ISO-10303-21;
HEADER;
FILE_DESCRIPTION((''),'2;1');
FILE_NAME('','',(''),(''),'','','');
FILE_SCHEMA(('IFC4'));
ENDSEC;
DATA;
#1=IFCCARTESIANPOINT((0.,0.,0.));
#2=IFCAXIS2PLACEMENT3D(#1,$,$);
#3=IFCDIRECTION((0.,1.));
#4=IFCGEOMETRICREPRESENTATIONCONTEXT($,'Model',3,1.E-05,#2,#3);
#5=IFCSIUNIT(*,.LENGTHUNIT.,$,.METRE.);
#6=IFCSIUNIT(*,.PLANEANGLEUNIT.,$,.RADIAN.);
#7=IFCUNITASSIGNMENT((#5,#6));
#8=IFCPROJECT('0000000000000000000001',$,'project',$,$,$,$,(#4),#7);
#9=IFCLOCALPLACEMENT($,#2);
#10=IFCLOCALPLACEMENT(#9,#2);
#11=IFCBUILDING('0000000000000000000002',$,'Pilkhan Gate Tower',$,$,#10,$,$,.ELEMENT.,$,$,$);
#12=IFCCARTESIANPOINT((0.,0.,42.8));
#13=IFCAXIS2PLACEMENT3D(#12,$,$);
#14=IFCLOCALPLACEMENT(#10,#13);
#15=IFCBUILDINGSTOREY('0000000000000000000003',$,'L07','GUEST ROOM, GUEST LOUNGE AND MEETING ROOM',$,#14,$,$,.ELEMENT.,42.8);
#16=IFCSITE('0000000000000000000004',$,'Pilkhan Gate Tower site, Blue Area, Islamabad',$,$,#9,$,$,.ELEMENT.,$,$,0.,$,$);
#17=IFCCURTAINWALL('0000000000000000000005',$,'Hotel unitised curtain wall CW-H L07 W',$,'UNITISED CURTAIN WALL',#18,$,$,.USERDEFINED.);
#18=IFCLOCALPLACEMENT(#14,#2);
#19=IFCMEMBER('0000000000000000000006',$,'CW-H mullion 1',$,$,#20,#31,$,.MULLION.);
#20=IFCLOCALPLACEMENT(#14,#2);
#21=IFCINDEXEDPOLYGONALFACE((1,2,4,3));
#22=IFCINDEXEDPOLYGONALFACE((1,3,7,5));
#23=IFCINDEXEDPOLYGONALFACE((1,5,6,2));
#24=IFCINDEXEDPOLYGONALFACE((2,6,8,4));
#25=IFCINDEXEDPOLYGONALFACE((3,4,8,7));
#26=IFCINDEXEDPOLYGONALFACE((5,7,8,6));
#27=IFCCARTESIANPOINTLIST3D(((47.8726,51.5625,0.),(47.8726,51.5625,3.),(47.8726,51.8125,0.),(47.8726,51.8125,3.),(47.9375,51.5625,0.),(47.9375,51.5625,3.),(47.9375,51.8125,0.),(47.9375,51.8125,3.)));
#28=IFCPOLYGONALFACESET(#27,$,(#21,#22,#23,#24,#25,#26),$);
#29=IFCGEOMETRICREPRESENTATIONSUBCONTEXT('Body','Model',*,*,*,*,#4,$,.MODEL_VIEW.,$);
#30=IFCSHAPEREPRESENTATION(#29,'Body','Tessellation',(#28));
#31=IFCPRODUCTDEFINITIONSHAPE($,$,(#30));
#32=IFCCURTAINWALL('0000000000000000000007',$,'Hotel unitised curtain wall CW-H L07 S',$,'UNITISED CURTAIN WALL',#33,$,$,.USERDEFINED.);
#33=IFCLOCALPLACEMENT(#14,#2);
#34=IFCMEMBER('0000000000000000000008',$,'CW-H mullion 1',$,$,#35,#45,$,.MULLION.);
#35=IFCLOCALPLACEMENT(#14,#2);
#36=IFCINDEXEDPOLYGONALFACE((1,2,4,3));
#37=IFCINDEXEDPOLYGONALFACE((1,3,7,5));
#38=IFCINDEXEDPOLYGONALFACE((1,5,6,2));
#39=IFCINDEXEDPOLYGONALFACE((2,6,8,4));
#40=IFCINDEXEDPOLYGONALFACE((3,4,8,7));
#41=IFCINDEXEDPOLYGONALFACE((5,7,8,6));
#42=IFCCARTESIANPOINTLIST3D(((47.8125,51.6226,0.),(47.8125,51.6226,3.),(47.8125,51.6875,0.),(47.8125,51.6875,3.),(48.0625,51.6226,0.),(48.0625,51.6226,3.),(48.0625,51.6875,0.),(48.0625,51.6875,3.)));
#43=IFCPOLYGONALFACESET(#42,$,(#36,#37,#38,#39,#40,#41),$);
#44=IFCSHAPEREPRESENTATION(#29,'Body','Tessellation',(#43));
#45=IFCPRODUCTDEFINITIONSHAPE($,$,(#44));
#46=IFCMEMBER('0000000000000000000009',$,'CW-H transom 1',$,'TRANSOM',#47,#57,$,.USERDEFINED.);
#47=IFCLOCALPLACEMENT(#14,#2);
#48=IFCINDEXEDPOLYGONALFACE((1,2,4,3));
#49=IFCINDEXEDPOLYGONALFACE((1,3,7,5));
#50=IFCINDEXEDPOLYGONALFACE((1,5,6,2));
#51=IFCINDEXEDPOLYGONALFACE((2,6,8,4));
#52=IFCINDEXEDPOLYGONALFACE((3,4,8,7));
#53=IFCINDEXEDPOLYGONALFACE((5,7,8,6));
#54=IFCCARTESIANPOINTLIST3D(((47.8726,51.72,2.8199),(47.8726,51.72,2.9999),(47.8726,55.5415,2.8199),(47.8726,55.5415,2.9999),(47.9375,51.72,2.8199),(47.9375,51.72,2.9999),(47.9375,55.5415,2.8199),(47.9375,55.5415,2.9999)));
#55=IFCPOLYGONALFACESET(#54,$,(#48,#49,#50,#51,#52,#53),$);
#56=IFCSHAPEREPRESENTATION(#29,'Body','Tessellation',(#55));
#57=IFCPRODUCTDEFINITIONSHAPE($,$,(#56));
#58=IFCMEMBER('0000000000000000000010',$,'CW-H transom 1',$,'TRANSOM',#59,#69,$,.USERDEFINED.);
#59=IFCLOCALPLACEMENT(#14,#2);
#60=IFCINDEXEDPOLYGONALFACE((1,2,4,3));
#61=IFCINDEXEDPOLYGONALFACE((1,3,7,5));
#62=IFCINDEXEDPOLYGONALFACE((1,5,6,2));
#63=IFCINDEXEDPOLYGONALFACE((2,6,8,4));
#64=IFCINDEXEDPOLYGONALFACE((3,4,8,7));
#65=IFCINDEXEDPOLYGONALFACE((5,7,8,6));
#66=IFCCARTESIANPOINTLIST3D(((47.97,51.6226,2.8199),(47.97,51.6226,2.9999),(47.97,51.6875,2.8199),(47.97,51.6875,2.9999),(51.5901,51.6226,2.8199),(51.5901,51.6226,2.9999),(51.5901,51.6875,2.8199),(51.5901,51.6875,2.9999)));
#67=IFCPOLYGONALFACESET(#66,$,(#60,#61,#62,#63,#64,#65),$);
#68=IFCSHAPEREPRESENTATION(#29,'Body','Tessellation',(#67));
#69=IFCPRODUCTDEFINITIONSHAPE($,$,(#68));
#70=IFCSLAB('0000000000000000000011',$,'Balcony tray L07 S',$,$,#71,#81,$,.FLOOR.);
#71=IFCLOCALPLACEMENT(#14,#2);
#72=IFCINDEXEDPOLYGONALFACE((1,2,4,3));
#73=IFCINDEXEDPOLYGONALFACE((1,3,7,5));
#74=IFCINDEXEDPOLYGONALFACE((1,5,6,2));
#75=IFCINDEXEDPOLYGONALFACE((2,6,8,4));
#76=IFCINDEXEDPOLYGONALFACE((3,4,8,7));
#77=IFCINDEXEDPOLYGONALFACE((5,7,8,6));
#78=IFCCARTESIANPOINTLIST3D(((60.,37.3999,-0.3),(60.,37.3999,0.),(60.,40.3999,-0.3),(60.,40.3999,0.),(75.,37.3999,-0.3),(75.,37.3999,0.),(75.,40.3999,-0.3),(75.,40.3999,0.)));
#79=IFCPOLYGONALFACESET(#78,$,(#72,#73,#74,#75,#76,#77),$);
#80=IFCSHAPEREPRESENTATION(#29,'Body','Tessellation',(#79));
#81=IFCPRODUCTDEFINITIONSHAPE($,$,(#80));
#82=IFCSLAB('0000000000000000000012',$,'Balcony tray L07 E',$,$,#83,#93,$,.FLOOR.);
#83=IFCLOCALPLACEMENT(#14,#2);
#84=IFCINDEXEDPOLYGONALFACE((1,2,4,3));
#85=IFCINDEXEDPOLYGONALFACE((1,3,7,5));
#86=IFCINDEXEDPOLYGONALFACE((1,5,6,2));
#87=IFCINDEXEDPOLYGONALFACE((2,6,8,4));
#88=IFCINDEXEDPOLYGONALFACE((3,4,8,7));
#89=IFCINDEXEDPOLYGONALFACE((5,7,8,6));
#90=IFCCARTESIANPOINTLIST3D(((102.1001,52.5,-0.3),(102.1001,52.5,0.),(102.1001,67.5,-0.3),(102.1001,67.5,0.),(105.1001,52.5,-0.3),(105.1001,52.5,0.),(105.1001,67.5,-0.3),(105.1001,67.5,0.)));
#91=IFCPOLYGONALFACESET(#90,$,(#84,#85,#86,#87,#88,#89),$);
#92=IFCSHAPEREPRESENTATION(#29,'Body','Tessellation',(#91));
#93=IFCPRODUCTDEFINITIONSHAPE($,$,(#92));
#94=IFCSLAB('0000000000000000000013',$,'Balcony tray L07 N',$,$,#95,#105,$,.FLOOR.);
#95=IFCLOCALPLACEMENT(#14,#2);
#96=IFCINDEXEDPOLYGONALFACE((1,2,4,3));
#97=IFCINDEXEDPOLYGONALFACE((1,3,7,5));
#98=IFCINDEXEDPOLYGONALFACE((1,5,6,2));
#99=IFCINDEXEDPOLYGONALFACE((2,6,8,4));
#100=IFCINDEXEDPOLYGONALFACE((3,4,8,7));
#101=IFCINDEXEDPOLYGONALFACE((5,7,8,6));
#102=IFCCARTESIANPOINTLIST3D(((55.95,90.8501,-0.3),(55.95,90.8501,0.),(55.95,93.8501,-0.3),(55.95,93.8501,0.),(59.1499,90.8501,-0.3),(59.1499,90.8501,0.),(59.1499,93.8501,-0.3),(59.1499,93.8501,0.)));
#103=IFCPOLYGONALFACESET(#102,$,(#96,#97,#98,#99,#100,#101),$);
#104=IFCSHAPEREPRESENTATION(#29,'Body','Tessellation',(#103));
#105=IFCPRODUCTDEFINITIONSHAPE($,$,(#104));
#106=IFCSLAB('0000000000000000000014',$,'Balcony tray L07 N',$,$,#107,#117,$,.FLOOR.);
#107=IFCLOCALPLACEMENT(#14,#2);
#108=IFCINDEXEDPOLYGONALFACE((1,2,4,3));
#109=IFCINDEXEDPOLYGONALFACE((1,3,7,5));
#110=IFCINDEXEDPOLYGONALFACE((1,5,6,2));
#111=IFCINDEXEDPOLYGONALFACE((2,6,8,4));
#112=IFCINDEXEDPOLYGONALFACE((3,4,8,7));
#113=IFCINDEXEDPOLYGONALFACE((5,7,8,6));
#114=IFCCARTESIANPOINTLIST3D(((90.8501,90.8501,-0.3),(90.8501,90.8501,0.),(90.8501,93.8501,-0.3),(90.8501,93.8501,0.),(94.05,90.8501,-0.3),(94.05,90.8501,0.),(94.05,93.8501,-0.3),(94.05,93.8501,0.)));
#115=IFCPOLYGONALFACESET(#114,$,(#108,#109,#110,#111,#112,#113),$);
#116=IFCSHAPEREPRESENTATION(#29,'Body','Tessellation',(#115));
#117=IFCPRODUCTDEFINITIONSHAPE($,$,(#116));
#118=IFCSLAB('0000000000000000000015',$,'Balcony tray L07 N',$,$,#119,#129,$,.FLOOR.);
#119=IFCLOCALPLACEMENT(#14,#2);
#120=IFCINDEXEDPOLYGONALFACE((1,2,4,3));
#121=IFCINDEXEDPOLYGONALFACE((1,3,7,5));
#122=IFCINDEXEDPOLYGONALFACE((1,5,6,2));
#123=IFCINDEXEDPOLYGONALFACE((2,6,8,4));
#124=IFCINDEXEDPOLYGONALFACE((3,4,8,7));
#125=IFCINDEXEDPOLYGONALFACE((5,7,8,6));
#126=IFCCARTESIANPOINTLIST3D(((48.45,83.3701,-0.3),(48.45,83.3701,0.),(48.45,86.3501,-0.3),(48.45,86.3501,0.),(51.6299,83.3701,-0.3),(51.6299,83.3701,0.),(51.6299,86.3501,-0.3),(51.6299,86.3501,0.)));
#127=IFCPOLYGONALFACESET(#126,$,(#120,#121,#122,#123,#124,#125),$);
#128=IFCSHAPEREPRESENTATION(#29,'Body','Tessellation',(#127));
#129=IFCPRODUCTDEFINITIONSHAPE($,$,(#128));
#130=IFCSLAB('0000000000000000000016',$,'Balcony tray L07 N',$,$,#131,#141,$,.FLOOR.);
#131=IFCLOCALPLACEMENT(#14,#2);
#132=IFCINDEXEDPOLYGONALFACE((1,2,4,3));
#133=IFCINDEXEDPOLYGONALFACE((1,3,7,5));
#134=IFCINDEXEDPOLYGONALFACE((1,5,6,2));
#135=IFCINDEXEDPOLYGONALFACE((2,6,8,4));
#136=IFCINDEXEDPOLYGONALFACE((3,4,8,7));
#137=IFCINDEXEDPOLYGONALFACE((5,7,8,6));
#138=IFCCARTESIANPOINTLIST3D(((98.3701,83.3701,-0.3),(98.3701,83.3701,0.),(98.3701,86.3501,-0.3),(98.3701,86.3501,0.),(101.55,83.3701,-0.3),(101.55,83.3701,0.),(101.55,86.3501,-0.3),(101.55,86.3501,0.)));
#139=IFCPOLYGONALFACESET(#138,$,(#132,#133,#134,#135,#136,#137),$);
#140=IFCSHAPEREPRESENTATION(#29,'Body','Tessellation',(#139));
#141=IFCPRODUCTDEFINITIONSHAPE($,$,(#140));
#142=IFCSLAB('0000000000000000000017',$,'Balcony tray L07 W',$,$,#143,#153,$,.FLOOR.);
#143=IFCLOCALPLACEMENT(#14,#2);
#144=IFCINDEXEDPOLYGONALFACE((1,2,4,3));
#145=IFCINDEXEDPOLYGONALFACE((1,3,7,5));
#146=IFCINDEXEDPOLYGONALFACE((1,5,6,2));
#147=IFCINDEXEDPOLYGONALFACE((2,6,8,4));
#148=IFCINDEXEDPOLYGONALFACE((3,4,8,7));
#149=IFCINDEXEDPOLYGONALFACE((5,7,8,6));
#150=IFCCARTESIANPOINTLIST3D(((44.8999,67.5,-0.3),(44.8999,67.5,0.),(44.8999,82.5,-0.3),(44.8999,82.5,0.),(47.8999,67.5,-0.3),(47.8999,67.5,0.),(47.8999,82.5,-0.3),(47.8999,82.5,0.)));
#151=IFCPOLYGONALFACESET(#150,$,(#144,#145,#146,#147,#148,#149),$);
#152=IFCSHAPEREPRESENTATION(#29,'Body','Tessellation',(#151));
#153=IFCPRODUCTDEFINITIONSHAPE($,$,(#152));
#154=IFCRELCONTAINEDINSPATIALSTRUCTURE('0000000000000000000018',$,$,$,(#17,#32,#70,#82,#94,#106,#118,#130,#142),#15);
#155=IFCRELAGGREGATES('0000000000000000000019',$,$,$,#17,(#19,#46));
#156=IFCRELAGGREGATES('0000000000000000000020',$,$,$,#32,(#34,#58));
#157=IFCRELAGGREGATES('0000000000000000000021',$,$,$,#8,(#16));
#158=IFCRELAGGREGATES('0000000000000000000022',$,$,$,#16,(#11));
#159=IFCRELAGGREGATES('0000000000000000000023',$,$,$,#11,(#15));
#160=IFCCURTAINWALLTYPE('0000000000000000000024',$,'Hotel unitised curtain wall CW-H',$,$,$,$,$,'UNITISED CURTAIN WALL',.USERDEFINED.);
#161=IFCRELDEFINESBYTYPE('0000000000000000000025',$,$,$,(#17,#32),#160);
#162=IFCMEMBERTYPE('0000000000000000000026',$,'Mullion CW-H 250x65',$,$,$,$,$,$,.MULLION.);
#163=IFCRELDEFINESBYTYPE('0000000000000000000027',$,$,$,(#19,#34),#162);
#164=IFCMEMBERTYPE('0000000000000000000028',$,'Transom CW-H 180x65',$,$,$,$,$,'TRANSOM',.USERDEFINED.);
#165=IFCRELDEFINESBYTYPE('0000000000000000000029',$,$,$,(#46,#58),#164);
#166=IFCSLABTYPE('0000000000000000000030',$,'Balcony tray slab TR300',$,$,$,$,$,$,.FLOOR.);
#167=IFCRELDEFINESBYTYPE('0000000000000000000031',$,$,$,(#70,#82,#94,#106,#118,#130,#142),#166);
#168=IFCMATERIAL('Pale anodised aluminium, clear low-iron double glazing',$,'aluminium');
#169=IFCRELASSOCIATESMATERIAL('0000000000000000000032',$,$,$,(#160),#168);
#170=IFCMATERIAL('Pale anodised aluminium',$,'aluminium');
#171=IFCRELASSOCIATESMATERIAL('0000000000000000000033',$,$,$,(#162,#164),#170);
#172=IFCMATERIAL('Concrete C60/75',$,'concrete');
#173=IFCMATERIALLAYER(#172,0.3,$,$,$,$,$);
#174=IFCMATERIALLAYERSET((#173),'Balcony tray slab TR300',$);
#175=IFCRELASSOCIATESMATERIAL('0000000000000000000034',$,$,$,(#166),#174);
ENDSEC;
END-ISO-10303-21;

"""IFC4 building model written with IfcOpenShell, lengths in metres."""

from ifc_helpers import new_model, si_unit, direction, frame, origin, origin_2d, place, context, subcontext, project, spatial, polyline, rectangle, outline, extrude, material, layer, layer_set, material_profile, profile_set, type_object, element, aggregate, save


model = new_model("IFC4")

# Units and contexts
model_context = context("Model", 3, precision=1e-05, world=origin(), true_north=direction((0.0, 1.0)))
body_context = subcontext(model_context, "Body", "Model", "MODEL_VIEW")
ifc_project = project(units=[si_unit("LENGTHUNIT", "METRE"), si_unit("PLANEANGLEUNIT", "RADIAN")], contexts=[model_context])

# Site, building, storey
site_placement = place(None, origin())
site = spatial("IfcSite", under=ifc_project, at=site_placement, Name="Pilkhan Gate Tower site, Blue Area, Islamabad", CompositionType="ELEMENT", RefElevation=0.0)
building_placement = place(site_placement, origin())
building = spatial("IfcBuilding", under=site, at=building_placement, Name="Pilkhan Gate Tower", CompositionType="ELEMENT")
storey_placement = place(building_placement, frame((0.0, 0.0, 42.8)))
storey = spatial("IfcBuildingStorey", under=building, at=storey_placement, Name="L07", Description="GUEST ROOM, GUEST LOUNGE AND MEETING ROOM", CompositionType="ELEMENT", Elevation=42.8)

# Curtain walls, members
ifc_material_1 = material(Name="Pale anodised aluminium, clear low-iron double glazing", Category="aluminium")
curtain_wall_type = type_object("IfcCurtainWallType", Name="Hotel unitised curtain wall CW-H", ElementType="UNITISED CURTAIN WALL", PredefinedType="USERDEFINED", material=ifc_material_1)
curtain_wall_1_placement = place(storey_placement, origin())
curtain_wall_1 = element("IfcCurtainWall", 1, at=curtain_wall_1_placement, inside=storey, type_object=curtain_wall_type, Name="Hotel unitised curtain wall CW-H L07 W", ObjectType="UNITISED CURTAIN WALL", PredefinedType="USERDEFINED")
ifc_material_2 = material(Name="Pale anodised aluminium", Category="aluminium")
ifc_material_profile_1 = material_profile(ifc_material_2, rectangle(XDim=0.0649, YDim=0.25, at=origin_2d()), Name="Mullion 250x65")
ifc_profile_set_1 = profile_set([ifc_material_profile_1], Name="Pale anodised aluminium")
member_type_1 = type_object("IfcMemberType", Name="Mullion CW-H 250x65", PredefinedType="MULLION", material=ifc_profile_set_1)
member_1_placement = place(storey_placement, frame((47.905, 51.6875, 0.0), z_axis=(0.0, 0.0, 1.0), x_axis=(-1.0, 0.0, 0.0)))
member_1 = element("IfcMember", 2, at=member_1_placement, type_object=member_type_1, Name="CW-H mullion 1", PredefinedType="MULLION", context=body_context, shape_type="SweptSolid", body=[
    extrude(rectangle(XDim=0.0649, YDim=0.25, at=origin_2d()), origin(), (0.0, 0.0, 1.0), 3.0),
])
curtain_wall_2_placement = place(storey_placement, origin())
curtain_wall_2 = element("IfcCurtainWall", 3, at=curtain_wall_2_placement, inside=storey, type_object=curtain_wall_type, Name="Hotel unitised curtain wall CW-H L07 S", ObjectType="UNITISED CURTAIN WALL", PredefinedType="USERDEFINED")
member_2_placement = place(storey_placement, frame((47.9375, 51.655, 0.0), z_axis=(0.0, 0.0, 1.0), x_axis=(0.0, 1.0, 0.0)))
member_2 = element("IfcMember", 4, at=member_2_placement, type_object=member_type_1, Name="CW-H mullion 1", PredefinedType="MULLION", context=body_context, shape_type="SweptSolid", body=[
    extrude(rectangle(XDim=0.0649, YDim=0.25, at=origin_2d()), origin(), (0.0, 0.0, 1.0), 3.0),
])

# Members
ifc_material_profile_2 = material_profile(ifc_material_2, rectangle(XDim=0.0649, YDim=0.1799, at=origin_2d()), Name="Transom 180x65")
ifc_profile_set_2 = profile_set([ifc_material_profile_2], Name="Pale anodised aluminium")
member_type_2 = type_object("IfcMemberType", Name="Transom CW-H 180x65", ElementType="TRANSOM", PredefinedType="USERDEFINED", material=ifc_profile_set_2)
member_3_placement = place(storey_placement, frame((47.905, 51.72, 2.9099), z_axis=(0.0, 1.0, 0.0), x_axis=(-1.0, 0.0, 0.0)))
member_3 = element("IfcMember", 5, at=member_3_placement, type_object=member_type_2, Name="CW-H transom 1", ObjectType="TRANSOM", PredefinedType="USERDEFINED", context=body_context, shape_type="SweptSolid", body=[
    extrude(rectangle(XDim=0.0649, YDim=0.1799, at=origin_2d()), origin(), (0.0, 0.0, 1.0), 3.8215),
])
aggregate(curtain_wall_1, [member_1, member_3])
member_4_placement = place(storey_placement, frame((47.97, 51.655, 2.9099), z_axis=(1.0, 0.0, 0.0), x_axis=(0.0, 1.0, 0.0)))
member_4 = element("IfcMember", 6, at=member_4_placement, type_object=member_type_2, Name="CW-H transom 1", ObjectType="TRANSOM", PredefinedType="USERDEFINED", context=body_context, shape_type="SweptSolid", body=[
    extrude(rectangle(XDim=0.0649, YDim=0.1799, at=origin_2d()), origin(), (0.0, 0.0, 1.0), 3.6201),
])
aggregate(curtain_wall_2, [member_2, member_4])

# Slabs
ifc_material_3 = material(Name="Concrete C60/75", Category="concrete")
ifc_layer_1 = layer(ifc_material_3, 0.3)
ifc_layer_set_1 = layer_set([ifc_layer_1], Name="Balcony tray slab TR300")
slab_type_1 = type_object("IfcSlabType", Name="Balcony tray slab TR300", PredefinedType="FLOOR", material=ifc_layer_set_1)
slab_1_placement = place(storey_placement, frame((0.0, 0.0, -0.3)))
element("IfcSlab", 7, at=slab_1_placement, inside=storey, type_object=slab_type_1, Name="Balcony tray L07 S", PredefinedType="FLOOR", context=body_context, shape_type="SweptSolid", body=[
    extrude(outline(polyline([(75.0, 37.3999), (75.0, 40.3999), (60.0, 40.3999), (60.0, 37.3999), (75.0, 37.3999)])), origin(), (0.0, 0.0, 1.0), 0.3),
])
slab_2_placement = place(storey_placement, frame((0.0, 0.0, -0.3)))
element("IfcSlab", 8, at=slab_2_placement, inside=storey, type_object=slab_type_1, Name="Balcony tray L07 E", PredefinedType="FLOOR", context=body_context, shape_type="SweptSolid", body=[
    extrude(outline(polyline([(105.1001, 52.5), (105.1001, 67.5), (102.1001, 67.5), (102.1001, 52.5), (105.1001, 52.5)])), origin(), (0.0, 0.0, 1.0), 0.3),
])
slab_3_placement = place(storey_placement, frame((0.0, 0.0, -0.3)))
element("IfcSlab", 9, at=slab_3_placement, inside=storey, type_object=slab_type_1, Name="Balcony tray L07 N", PredefinedType="FLOOR", context=body_context, shape_type="SweptSolid", body=[
    extrude(outline(polyline([(59.1499, 90.8501), (59.1499, 93.8501), (55.95, 93.8501), (55.95, 90.8501), (59.1499, 90.8501)])), origin(), (0.0, 0.0, 1.0), 0.3),
])
slab_4_placement = place(storey_placement, frame((0.0, 0.0, -0.3)))
element("IfcSlab", 10, at=slab_4_placement, inside=storey, type_object=slab_type_1, Name="Balcony tray L07 N", PredefinedType="FLOOR", context=body_context, shape_type="SweptSolid", body=[
    extrude(outline(polyline([(94.05, 90.8501), (94.05, 93.8501), (90.8501, 93.8501), (90.8501, 90.8501), (94.05, 90.8501)])), origin(), (0.0, 0.0, 1.0), 0.3),
])
slab_5_placement = place(storey_placement, frame((0.0, 0.0, -0.3)))
element("IfcSlab", 11, at=slab_5_placement, inside=storey, type_object=slab_type_1, Name="Balcony tray L07 N", PredefinedType="FLOOR", context=body_context, shape_type="SweptSolid", body=[
    extrude(outline(polyline([(51.6299, 83.3701), (51.6299, 86.3501), (48.45, 86.3501), (48.45, 83.3701), (51.6299, 83.3701)])), origin(), (0.0, 0.0, 1.0), 0.3),
])
slab_6_placement = place(storey_placement, frame((0.0, 0.0, -0.3)))
element("IfcSlab", 12, at=slab_6_placement, inside=storey, type_object=slab_type_1, Name="Balcony tray L07 N", PredefinedType="FLOOR", context=body_context, shape_type="SweptSolid", body=[
    extrude(outline(polyline([(101.55, 83.3701), (101.55, 86.3501), (98.3701, 86.3501), (98.3701, 83.3701), (101.55, 83.3701)])), origin(), (0.0, 0.0, 1.0), 0.3),
])
slab_7_placement = place(storey_placement, frame((0.0, 0.0, -0.3)))
element("IfcSlab", 13, at=slab_7_placement, inside=storey, type_object=slab_type_1, Name="Balcony tray L07 W", PredefinedType="FLOOR", context=body_context, shape_type="SweptSolid", body=[
    extrude(outline(polyline([(47.8999, 67.5), (47.8999, 82.5), (44.8999, 82.5), (44.8999, 67.5), (47.8999, 67.5)])), origin(), (0.0, 0.0, 1.0), 0.3),
])

save(model, "model.ifc")
